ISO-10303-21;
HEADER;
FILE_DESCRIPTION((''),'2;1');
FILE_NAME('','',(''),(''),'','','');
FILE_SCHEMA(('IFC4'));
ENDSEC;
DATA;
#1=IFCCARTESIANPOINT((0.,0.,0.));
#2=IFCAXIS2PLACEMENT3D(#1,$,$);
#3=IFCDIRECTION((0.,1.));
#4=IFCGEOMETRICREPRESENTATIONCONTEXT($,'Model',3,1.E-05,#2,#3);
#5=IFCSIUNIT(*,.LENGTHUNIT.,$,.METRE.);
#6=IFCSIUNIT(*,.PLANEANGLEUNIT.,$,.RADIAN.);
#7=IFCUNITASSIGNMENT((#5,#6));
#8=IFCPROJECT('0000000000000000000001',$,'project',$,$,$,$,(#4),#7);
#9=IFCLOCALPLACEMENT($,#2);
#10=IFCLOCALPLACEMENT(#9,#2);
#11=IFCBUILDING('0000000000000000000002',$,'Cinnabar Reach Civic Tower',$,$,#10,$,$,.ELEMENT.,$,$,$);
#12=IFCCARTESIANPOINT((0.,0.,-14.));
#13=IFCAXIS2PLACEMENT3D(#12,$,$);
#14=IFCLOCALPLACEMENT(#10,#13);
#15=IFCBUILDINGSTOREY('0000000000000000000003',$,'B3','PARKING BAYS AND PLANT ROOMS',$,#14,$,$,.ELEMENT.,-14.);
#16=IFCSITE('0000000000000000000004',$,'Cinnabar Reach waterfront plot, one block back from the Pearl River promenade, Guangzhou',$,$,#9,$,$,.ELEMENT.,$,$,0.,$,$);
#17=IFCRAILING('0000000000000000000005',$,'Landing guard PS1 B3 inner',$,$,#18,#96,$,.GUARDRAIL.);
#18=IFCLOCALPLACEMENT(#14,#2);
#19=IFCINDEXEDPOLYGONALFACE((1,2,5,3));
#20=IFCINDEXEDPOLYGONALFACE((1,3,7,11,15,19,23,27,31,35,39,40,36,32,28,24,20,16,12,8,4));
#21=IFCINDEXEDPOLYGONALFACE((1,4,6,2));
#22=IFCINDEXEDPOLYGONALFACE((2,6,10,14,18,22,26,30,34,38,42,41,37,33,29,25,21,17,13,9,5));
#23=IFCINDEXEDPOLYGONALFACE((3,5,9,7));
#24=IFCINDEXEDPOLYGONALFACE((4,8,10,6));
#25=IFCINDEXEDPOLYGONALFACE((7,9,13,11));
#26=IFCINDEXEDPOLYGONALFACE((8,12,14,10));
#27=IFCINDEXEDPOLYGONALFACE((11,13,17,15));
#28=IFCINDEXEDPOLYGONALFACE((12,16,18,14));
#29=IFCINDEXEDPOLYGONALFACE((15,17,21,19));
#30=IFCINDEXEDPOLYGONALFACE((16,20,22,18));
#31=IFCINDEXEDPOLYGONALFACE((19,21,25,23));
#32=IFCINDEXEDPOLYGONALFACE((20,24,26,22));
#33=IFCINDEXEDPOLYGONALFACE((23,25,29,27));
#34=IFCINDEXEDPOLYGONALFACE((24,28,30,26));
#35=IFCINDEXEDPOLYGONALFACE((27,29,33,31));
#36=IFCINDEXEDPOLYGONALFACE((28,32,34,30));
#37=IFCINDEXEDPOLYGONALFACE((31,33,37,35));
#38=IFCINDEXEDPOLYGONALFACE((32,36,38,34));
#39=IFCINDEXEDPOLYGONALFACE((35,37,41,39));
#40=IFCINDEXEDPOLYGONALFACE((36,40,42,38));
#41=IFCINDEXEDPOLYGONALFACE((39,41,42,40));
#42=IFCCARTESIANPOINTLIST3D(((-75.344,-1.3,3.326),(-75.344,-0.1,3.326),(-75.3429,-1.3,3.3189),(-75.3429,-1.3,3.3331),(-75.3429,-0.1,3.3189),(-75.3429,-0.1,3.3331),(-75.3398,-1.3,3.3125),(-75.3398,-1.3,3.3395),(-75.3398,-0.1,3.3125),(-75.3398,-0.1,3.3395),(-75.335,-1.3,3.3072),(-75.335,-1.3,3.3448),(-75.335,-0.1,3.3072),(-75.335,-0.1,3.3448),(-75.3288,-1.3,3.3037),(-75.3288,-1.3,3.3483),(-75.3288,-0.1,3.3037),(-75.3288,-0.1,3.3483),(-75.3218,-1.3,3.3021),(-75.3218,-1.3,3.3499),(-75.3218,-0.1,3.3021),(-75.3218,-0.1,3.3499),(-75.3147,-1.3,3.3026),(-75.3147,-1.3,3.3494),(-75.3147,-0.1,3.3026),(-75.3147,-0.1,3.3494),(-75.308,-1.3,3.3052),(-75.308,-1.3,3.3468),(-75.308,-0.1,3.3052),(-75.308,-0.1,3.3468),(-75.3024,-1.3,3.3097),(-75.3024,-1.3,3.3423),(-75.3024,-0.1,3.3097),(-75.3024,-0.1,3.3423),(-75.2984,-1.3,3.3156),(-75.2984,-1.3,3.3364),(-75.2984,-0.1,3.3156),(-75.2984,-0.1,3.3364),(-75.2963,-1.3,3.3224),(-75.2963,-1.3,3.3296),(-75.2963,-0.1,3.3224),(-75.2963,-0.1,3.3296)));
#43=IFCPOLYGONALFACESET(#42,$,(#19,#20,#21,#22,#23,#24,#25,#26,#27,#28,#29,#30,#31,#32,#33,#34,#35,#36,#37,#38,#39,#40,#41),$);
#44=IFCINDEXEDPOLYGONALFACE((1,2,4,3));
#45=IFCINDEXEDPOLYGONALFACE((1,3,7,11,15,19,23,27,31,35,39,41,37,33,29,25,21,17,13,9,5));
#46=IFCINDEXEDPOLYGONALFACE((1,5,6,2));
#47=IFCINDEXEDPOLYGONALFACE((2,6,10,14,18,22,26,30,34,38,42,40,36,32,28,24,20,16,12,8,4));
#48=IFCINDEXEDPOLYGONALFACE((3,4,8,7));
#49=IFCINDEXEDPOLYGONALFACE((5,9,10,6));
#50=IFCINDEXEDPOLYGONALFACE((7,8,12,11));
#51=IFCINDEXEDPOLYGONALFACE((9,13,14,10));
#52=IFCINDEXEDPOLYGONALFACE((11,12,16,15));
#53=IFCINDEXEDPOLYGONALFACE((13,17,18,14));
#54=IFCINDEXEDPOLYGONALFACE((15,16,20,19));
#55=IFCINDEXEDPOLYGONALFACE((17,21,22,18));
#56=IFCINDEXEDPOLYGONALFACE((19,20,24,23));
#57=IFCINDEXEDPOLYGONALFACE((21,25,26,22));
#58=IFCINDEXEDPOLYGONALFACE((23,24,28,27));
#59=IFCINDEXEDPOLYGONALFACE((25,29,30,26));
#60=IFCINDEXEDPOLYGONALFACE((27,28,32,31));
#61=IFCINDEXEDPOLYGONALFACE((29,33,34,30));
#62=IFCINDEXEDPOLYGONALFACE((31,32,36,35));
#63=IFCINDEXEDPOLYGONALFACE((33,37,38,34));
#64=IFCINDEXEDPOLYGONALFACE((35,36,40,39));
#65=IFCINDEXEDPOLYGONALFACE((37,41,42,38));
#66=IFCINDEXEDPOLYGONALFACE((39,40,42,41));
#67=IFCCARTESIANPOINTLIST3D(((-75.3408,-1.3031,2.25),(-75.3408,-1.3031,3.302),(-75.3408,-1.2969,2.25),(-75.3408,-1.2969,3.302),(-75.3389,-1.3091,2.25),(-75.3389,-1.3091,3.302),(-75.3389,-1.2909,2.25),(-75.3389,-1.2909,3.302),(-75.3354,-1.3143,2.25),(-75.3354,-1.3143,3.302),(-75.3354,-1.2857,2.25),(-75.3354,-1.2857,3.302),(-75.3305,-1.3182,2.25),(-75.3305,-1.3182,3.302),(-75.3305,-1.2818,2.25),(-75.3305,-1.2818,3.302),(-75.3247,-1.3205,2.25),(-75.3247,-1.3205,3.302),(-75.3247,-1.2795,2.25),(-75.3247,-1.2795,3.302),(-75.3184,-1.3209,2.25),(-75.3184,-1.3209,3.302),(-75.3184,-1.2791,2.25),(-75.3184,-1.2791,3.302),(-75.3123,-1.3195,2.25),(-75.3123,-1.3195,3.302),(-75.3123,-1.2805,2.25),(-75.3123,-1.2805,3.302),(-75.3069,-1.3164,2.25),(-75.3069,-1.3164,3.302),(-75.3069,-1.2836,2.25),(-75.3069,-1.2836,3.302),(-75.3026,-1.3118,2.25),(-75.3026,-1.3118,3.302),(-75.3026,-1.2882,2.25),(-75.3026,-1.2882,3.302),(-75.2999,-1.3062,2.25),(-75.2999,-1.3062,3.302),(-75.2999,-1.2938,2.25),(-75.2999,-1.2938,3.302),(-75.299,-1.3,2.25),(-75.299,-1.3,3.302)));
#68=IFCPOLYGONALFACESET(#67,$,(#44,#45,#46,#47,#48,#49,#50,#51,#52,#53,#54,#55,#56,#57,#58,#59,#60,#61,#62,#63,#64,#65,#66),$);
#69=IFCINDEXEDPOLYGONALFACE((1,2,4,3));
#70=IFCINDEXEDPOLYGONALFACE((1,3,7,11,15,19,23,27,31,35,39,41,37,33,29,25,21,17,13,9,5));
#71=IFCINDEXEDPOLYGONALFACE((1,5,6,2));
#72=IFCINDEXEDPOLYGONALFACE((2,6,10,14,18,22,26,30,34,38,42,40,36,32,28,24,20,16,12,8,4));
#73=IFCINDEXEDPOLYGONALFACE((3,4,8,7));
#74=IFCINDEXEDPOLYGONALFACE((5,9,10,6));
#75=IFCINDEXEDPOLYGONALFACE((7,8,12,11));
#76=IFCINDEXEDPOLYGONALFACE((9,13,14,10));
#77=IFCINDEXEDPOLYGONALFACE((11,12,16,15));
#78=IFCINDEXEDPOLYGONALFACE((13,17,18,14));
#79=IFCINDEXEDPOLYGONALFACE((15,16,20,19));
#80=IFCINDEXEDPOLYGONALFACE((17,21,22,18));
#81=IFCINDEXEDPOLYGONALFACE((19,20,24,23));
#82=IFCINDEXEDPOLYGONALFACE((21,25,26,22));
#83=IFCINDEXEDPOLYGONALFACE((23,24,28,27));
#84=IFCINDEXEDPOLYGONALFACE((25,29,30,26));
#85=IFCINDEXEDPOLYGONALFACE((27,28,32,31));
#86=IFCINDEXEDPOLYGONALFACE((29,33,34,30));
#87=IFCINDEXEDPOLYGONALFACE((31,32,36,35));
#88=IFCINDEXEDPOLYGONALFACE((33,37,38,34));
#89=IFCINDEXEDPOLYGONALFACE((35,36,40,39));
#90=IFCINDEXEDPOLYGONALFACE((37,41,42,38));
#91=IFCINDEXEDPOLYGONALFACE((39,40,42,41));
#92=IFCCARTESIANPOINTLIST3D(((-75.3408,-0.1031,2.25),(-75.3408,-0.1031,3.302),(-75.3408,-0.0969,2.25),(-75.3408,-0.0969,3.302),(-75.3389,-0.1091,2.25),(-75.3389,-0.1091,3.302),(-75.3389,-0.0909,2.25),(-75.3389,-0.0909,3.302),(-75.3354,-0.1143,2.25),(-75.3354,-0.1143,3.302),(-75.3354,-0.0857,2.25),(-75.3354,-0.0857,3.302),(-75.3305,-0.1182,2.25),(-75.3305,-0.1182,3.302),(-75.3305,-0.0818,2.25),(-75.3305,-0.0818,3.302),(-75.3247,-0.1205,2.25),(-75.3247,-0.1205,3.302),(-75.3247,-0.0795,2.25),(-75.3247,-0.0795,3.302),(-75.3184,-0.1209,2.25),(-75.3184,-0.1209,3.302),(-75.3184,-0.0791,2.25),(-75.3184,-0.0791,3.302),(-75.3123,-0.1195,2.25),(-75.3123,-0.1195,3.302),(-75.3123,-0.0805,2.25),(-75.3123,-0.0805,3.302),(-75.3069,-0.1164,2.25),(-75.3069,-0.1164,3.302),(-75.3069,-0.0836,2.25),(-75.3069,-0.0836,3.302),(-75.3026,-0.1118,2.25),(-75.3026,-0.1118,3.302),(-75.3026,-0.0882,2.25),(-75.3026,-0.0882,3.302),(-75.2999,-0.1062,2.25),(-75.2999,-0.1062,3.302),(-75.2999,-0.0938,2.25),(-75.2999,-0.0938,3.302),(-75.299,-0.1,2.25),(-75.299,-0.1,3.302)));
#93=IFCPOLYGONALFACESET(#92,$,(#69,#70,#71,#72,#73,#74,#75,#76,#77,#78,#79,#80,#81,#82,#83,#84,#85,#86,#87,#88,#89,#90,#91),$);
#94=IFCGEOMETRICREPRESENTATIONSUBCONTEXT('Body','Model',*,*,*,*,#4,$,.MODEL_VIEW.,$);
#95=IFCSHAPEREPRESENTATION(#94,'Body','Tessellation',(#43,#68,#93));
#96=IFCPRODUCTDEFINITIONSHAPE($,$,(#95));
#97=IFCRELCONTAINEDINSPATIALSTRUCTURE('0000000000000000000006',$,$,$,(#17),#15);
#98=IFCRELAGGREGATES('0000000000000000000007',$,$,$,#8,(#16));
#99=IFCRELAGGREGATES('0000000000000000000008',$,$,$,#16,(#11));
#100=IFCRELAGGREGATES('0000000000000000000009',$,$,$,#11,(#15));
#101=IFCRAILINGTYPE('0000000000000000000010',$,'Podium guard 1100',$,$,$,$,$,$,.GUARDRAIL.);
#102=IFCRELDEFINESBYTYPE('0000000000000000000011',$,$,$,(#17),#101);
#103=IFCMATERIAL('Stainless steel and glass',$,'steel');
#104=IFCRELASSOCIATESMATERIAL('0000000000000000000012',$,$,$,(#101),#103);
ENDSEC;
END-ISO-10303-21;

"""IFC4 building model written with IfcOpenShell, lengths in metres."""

from ifc_helpers import new_model, si_unit, direction, frame, origin, origin_2d, place, context, subcontext, project, spatial, circle, extrude, material, type_object, element, save


model = new_model("IFC4")

# Units and contexts
model_context = context("Model", 3, precision=1e-05, world=origin(), true_north=direction((0.0, 1.0)))
body_context = subcontext(model_context, "Body", "Model", "MODEL_VIEW")
ifc_project = project(units=[si_unit("LENGTHUNIT", "METRE"), si_unit("PLANEANGLEUNIT", "RADIAN")], contexts=[model_context])

# Site, building, storey
site_placement = place(None, origin())
site = spatial("IfcSite", under=ifc_project, at=site_placement, Name="Cinnabar Reach waterfront plot, one block back from the Pearl River promenade, Guangzhou", CompositionType="ELEMENT", RefElevation=0.0)
building_placement = place(site_placement, origin())
building = spatial("IfcBuilding", under=site, at=building_placement, Name="Cinnabar Reach Civic Tower", CompositionType="ELEMENT")
storey_placement = place(building_placement, frame((0.0, 0.0, -14.0)))
storey = spatial("IfcBuildingStorey", under=building, at=storey_placement, Name="B3", Description="PARKING BAYS AND PLANT ROOMS", CompositionType="ELEMENT", Elevation=-14.0)

# Railing
ifc_material_1 = material(Name="Stainless steel and glass", Category="steel")
railing_type_1 = type_object("IfcRailingType", Name="Podium guard 1100", PredefinedType="GUARDRAIL", material=ifc_material_1)
railing_1_placement = place(storey_placement, frame((-75.32, -1.3, 2.25)))
element("IfcRailing", 1, at=railing_1_placement, inside=storey, type_object=railing_type_1, Name="Landing guard PS1 B3 inner", PredefinedType="GUARDRAIL", context=body_context, shape_type="SweptSolid", body=[
    extrude(circle(Radius=0.024, at=origin_2d()), frame((0.0, 0.0, 1.076), z_axis=(0.0, 1.0, 0.0), x_axis=(-1.0, 0.0, 0.0)), (0.0, 0.0, 1.0), 1.2),
    extrude(circle(Radius=0.021, at=origin_2d()), origin(), (0.0, 0.0, 1.0), 1.052),
    extrude(circle(Radius=0.021, at=origin_2d()), frame((0.0, 1.2, 0.0)), (0.0, 0.0, 1.0), 1.052),
])

save(model, "model.ifc")
